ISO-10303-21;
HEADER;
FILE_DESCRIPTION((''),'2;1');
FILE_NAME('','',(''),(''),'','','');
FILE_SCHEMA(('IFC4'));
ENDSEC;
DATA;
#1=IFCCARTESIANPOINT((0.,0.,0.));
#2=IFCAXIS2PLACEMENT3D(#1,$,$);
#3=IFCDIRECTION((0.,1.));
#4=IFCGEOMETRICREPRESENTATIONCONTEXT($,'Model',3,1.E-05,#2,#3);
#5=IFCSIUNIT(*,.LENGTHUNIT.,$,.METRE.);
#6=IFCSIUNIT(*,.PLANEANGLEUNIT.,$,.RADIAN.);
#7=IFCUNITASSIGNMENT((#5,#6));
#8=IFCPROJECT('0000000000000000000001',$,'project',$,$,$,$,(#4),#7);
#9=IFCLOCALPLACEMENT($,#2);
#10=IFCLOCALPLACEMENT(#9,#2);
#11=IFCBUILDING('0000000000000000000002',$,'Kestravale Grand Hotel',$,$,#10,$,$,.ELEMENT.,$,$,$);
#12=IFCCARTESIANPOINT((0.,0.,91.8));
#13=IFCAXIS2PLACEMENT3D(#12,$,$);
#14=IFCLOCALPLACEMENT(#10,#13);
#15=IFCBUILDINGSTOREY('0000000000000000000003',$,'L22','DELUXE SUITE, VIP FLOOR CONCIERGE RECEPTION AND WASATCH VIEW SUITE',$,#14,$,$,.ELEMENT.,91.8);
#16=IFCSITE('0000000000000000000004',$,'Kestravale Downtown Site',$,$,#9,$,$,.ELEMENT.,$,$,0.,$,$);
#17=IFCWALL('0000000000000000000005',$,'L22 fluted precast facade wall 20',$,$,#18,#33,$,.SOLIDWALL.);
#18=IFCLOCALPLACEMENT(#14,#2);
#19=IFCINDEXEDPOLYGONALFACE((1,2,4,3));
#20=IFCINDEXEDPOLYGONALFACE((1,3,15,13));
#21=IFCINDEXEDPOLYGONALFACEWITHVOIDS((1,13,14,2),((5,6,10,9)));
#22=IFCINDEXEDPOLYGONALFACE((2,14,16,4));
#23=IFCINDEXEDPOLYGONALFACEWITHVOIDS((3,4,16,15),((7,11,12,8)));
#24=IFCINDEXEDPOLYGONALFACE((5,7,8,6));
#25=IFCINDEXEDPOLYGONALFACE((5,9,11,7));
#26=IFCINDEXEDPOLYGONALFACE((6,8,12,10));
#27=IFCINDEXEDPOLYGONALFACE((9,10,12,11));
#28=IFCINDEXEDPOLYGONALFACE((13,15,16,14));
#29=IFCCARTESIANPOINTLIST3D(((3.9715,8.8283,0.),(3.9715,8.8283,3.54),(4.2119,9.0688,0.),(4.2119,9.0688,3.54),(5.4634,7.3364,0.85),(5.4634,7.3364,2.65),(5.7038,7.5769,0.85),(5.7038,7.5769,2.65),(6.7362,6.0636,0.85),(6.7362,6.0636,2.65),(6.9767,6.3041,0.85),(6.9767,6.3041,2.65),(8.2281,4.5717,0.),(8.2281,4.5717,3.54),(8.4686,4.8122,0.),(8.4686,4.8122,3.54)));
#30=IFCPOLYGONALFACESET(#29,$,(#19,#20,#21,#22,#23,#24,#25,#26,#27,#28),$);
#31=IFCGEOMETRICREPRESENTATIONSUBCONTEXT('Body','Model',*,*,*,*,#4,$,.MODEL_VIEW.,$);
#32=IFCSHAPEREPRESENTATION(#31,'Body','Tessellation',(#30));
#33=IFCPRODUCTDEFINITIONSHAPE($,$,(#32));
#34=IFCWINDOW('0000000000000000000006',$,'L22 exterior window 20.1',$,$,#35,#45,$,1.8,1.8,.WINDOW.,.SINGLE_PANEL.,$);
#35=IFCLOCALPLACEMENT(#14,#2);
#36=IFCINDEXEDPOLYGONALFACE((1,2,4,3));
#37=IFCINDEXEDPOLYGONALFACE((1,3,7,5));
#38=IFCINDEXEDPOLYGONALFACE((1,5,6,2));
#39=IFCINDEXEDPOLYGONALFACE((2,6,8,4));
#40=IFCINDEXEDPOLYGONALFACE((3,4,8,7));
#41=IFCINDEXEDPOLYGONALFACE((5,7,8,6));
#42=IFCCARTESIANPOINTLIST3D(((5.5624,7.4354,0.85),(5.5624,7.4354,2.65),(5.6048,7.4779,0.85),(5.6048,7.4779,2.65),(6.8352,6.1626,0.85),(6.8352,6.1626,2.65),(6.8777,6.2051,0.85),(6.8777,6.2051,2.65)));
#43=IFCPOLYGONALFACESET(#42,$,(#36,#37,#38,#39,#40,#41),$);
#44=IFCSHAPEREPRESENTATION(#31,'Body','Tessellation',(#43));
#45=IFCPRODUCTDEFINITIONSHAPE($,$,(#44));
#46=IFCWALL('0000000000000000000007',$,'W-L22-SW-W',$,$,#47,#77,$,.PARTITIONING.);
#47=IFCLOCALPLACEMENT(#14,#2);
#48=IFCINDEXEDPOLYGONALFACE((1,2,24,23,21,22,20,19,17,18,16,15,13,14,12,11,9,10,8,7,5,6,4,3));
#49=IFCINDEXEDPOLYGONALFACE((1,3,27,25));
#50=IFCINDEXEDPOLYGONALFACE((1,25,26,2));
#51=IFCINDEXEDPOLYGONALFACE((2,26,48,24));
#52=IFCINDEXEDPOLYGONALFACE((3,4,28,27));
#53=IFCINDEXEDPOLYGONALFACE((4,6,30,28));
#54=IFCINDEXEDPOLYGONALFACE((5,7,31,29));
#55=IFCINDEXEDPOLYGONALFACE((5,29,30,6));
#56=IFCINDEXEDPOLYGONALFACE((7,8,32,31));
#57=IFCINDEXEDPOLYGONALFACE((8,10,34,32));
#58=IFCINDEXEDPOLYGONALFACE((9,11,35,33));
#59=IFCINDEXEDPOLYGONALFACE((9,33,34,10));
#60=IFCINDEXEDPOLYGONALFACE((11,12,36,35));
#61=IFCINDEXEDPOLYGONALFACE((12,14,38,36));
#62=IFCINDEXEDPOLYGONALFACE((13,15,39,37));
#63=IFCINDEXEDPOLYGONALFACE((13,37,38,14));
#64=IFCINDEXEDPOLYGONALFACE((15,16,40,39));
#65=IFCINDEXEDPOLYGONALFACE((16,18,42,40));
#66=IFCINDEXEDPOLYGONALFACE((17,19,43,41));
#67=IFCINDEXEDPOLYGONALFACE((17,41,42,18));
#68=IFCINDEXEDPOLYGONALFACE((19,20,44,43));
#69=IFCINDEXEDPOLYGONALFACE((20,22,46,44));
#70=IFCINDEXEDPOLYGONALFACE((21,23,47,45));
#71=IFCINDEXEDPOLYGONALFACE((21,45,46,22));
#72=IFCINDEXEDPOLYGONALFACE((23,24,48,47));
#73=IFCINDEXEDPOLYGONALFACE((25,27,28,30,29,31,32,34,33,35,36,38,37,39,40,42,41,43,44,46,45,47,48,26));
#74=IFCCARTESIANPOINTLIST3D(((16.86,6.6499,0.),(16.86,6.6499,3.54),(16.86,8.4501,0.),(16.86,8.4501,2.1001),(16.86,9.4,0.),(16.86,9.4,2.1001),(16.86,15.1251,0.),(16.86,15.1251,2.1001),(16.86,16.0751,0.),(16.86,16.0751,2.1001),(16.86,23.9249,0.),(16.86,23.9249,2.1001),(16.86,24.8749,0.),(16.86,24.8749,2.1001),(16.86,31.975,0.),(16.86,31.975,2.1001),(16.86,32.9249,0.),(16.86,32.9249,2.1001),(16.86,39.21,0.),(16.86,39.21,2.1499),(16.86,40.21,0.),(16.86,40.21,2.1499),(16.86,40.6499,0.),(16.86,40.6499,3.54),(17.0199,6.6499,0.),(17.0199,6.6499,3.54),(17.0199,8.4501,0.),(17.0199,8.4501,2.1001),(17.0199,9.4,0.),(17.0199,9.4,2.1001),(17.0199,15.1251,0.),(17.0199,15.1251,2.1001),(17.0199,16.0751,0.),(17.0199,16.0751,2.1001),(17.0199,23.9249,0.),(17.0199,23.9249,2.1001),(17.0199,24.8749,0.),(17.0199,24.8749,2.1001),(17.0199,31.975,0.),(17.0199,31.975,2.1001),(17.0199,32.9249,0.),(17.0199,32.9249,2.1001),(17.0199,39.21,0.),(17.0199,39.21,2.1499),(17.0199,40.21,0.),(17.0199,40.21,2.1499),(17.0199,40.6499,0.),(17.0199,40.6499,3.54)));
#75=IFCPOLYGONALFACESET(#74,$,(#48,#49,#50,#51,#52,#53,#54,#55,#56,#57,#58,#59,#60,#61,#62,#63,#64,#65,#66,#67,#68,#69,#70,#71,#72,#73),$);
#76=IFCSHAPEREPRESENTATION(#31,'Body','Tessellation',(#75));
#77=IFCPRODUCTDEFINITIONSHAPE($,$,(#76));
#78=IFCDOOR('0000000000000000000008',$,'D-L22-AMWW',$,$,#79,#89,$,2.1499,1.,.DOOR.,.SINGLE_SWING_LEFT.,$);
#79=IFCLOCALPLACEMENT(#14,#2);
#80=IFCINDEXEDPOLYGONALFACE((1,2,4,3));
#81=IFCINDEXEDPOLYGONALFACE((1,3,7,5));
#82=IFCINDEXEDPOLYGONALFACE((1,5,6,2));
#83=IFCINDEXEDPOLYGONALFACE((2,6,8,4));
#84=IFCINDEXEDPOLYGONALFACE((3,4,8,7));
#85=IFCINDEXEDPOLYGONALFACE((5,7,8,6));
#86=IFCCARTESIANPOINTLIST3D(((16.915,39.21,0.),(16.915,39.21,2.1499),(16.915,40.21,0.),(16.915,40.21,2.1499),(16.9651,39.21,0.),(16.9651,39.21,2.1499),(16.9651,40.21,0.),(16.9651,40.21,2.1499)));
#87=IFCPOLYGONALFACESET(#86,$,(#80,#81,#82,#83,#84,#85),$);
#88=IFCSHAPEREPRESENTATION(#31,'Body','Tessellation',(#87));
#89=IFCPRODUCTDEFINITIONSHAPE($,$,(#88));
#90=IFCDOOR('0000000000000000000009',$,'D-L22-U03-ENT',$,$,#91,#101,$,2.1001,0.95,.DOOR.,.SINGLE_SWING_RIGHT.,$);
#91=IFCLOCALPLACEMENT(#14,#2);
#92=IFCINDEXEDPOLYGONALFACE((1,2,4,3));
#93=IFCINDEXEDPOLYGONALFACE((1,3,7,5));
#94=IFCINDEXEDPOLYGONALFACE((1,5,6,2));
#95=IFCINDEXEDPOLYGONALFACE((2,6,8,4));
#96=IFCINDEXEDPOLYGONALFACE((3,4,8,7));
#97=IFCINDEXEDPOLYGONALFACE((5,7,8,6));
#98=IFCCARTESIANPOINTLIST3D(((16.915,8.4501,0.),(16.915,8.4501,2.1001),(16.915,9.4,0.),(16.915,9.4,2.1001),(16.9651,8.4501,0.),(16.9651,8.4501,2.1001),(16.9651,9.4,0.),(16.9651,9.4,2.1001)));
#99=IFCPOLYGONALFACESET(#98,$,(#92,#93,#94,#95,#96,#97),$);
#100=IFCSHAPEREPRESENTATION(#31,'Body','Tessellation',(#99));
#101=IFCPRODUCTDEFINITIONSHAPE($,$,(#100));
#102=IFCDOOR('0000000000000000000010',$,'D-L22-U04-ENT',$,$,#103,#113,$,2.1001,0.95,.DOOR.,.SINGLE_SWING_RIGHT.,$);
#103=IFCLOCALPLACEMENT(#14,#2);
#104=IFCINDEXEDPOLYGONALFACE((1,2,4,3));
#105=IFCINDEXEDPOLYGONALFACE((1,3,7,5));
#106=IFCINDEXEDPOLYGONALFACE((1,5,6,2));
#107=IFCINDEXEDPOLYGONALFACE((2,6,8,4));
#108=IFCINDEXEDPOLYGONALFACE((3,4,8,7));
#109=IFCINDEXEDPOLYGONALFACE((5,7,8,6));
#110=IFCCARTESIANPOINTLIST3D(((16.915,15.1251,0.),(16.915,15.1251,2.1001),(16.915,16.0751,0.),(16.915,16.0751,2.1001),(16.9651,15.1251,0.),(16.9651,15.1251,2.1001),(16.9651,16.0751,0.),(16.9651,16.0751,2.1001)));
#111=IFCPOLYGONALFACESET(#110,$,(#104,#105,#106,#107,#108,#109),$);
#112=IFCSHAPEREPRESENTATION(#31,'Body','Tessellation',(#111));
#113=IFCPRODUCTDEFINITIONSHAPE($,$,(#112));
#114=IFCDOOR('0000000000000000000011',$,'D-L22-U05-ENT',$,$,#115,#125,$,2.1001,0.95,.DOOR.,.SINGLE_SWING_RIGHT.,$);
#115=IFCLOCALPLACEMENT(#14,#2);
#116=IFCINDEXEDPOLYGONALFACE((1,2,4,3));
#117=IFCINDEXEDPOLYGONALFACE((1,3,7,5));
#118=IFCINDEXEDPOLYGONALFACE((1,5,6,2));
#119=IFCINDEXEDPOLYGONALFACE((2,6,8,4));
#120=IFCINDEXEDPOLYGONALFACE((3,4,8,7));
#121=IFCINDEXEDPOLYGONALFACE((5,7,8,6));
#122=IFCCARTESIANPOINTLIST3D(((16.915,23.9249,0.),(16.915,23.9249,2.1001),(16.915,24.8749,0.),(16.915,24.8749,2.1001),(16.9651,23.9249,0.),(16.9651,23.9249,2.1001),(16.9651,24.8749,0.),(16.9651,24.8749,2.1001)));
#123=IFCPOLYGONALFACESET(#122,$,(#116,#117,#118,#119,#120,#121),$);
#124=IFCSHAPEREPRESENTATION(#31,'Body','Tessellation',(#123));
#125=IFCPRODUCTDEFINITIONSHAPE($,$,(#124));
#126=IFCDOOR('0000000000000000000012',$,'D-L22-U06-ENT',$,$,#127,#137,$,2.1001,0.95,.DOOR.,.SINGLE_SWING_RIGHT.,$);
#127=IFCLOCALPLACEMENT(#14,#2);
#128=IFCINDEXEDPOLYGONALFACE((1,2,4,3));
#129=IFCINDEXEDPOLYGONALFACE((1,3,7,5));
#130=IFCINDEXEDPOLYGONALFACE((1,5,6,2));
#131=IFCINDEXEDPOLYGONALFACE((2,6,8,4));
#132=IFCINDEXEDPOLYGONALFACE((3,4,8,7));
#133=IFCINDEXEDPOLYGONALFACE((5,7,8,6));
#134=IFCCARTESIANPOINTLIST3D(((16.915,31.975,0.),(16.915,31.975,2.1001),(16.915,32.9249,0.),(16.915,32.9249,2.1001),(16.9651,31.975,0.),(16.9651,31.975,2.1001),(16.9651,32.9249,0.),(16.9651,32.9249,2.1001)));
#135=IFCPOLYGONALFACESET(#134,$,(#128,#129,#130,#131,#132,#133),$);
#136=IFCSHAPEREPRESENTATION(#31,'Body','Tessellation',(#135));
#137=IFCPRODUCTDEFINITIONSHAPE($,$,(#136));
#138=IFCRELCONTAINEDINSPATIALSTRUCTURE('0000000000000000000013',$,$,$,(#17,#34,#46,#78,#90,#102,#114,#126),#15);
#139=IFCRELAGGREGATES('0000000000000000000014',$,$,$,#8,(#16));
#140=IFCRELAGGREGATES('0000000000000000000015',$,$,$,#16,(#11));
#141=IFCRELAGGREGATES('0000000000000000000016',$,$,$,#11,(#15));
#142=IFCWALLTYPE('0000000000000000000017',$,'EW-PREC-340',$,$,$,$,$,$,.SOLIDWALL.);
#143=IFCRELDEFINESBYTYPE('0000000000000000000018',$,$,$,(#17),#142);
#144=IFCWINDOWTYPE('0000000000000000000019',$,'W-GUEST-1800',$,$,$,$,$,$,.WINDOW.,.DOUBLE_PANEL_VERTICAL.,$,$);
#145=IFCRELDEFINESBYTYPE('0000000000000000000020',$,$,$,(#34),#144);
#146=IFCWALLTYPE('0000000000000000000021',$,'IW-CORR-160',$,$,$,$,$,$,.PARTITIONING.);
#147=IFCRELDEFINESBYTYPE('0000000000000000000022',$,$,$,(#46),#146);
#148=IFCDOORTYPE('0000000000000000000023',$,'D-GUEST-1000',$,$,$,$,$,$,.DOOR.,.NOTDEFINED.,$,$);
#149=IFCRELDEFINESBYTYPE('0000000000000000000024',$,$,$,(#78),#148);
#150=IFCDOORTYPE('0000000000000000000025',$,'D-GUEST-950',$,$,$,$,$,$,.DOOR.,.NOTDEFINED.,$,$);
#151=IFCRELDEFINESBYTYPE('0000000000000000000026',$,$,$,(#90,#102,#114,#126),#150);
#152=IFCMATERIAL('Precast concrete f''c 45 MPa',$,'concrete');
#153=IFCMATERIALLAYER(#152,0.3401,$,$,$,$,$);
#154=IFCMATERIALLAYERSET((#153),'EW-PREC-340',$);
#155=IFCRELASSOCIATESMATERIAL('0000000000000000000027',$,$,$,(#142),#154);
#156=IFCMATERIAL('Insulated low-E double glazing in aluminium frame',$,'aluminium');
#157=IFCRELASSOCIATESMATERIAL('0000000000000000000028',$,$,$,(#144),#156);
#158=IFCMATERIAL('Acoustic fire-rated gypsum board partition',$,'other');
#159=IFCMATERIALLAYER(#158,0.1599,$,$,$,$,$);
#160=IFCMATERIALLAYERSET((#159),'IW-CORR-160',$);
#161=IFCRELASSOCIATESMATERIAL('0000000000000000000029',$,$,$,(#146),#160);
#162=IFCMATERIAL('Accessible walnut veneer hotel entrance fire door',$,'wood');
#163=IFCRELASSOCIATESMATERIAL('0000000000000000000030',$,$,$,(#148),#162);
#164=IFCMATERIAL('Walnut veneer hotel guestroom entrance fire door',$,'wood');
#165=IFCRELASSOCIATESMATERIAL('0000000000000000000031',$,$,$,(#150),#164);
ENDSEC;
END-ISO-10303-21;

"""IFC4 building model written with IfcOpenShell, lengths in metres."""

from ifc_helpers import new_model, si_unit, direction, frame, frame_2d, origin, place, context, subcontext, project, spatial, rectangle, extrude, material, layer, layer_set, type_object, element, fill, save


model = new_model("IFC4")

# Units and contexts
model_context = context("Model", 3, precision=1e-05, world=origin(), true_north=direction((0.0, 1.0)))
body_context = subcontext(model_context, "Body", "Model", "MODEL_VIEW")
ifc_project = project(units=[si_unit("LENGTHUNIT", "METRE"), si_unit("PLANEANGLEUNIT", "RADIAN")], contexts=[model_context])

# Site, building, storey
site_placement = place(None, origin())
site = spatial("IfcSite", under=ifc_project, at=site_placement, Name="Kestravale Downtown Site", CompositionType="ELEMENT", RefElevation=0.0)
building_placement = place(site_placement, origin())
building = spatial("IfcBuilding", under=site, at=building_placement, Name="Kestravale Grand Hotel", CompositionType="ELEMENT")
storey_placement = place(building_placement, frame((0.0, 0.0, 91.8)))
storey = spatial("IfcBuildingStorey", under=building, at=storey_placement, Name="L22", Description="DELUXE SUITE, VIP FLOOR CONCIERGE RECEPTION AND WASATCH VIEW SUITE", CompositionType="ELEMENT", Elevation=91.8)

# Wall, opening, window
ifc_material_1 = material(Name="Precast concrete f'c 45 MPa", Category="concrete")
ifc_layer_1 = layer(ifc_material_1, 0.3401)
ifc_layer_set_1 = layer_set([ifc_layer_1], Name="EW-PREC-340")
wall_type_1 = type_object("IfcWallType", Name="EW-PREC-340", PredefinedType="SOLIDWALL", material=ifc_layer_set_1)
ifc_material_2 = material(Name="Insulated low-E double glazing in aluminium frame", Category="aluminium")
window_type = type_object("IfcWindowType", Name="W-GUEST-1800", PartitioningType="DOUBLE_PANEL_VERTICAL", PredefinedType="WINDOW", material=ifc_material_2)
wall_1_placement = place(storey_placement, frame((4.0918, 8.9485, 0.0), z_axis=(0.0, 0.0, 1.0), x_axis=(0.707107, -0.707107, 0.0)))
wall_1 = element("IfcWall", 1, at=wall_1_placement, inside=storey, type_object=wall_type_1, Name="L22 fluted precast facade wall 20", PredefinedType="SOLIDWALL", context=body_context, shape_type="SweptSolid", body=[
    extrude(rectangle(XDim=6.0198, YDim=0.3401, at=frame_2d((3.0098, 0.0))), origin(), (0.0, 0.0, 1.0), 3.54),
])
opening_1_placement = place(wall_1_placement, frame((2.1099, 0.0, 0.8501)))
opening_1 = element("IfcOpeningElement", 2, at=opening_1_placement, cuts=wall_1, PredefinedType="OPENING", context=body_context, shape_type="SweptSolid", body=[
    extrude(rectangle(XDim=1.8, YDim=1.8, at=frame_2d((0.8999, 0.8999))), frame((0.0, 0.1799, 0.0), z_axis=(0.0, -1.0, 0.0), x_axis=(1.0, 0.0, 0.0)), (0.0, 0.0, 1.0), 0.3601),
])
window_1_placement = place(opening_1_placement, origin())
window_1 = element("IfcWindow", 3, at=window_1_placement, inside=storey, type_object=window_type, Name="L22 exterior window 20.1", OverallHeight=1.8, OverallWidth=1.8, PartitioningType="SINGLE_PANEL", PredefinedType="WINDOW", context=body_context, shape_type="SweptSolid", body=[
    extrude(rectangle(XDim=1.8, YDim=1.8, at=frame_2d((0.8999, 0.8999))), frame((0.0, 0.03, 0.0), z_axis=(0.0, -1.0, 0.0), x_axis=(1.0, 0.0, 0.0)), (0.0, 0.0, 1.0), 0.0601),
])
fill(opening_1, window_1)

# Wall, openings, doors
ifc_material_3 = material(Name="Acoustic fire-rated gypsum board partition", Category="other")
ifc_layer_2 = layer(ifc_material_3, 0.1599)
ifc_layer_set_2 = layer_set([ifc_layer_2], Name="IW-CORR-160")
wall_type_2 = type_object("IfcWallType", Name="IW-CORR-160", PredefinedType="PARTITIONING", material=ifc_layer_set_2)
wall_2_placement = place(storey_placement, frame((16.9399, 6.6499, 0.0), z_axis=(0.0, 0.0, 1.0), x_axis=(0.0, 1.0, 0.0)))
wall_2 = element("IfcWall", 4, at=wall_2_placement, inside=storey, type_object=wall_type_2, Name="W-L22-SW-W", PredefinedType="PARTITIONING", context=body_context, shape_type="SweptSolid", body=[
    extrude(rectangle(XDim=34.0, YDim=0.1599, at=frame_2d((17.0, 0.0))), origin(), (0.0, 0.0, 1.0), 3.54),
])
opening_2_placement = place(wall_2_placement, frame((1.8, 0.0, 0.0)))
opening_2 = element("IfcOpeningElement", 5, at=opening_2_placement, cuts=wall_2, PredefinedType="OPENING", context=body_context, shape_type="SweptSolid", body=[
    extrude(rectangle(XDim=0.95, YDim=2.1001, at=frame_2d((0.4751, 1.05))), frame((0.0, 0.0898, 0.0), z_axis=(0.0, -1.0, 0.0), x_axis=(1.0, 0.0, 0.0)), (0.0, 0.0, 1.0), 0.1799),
])
opening_3_placement = place(wall_2_placement, frame((8.4751, 0.0, 0.0)))
opening_3 = element("IfcOpeningElement", 6, at=opening_3_placement, cuts=wall_2, PredefinedType="OPENING", context=body_context, shape_type="SweptSolid", body=[
    extrude(rectangle(XDim=0.95, YDim=2.1001, at=frame_2d((0.4751, 1.05))), frame((0.0, 0.0898, 0.0), z_axis=(0.0, -1.0, 0.0), x_axis=(1.0, 0.0, 0.0)), (0.0, 0.0, 1.0), 0.1799),
])
opening_4_placement = place(wall_2_placement, frame((17.2749, 0.0, 0.0)))
opening_4 = element("IfcOpeningElement", 7, at=opening_4_placement, cuts=wall_2, PredefinedType="OPENING", context=body_context, shape_type="SweptSolid", body=[
    extrude(rectangle(XDim=0.95, YDim=2.1001, at=frame_2d((0.4751, 1.05))), frame((0.0, 0.0898, 0.0), z_axis=(0.0, -1.0, 0.0), x_axis=(1.0, 0.0, 0.0)), (0.0, 0.0, 1.0), 0.1799),
])
opening_5_placement = place(wall_2_placement, frame((25.325, 0.0, 0.0)))
opening_5 = element("IfcOpeningElement", 8, at=opening_5_placement, cuts=wall_2, PredefinedType="OPENING", context=body_context, shape_type="SweptSolid", body=[
    extrude(rectangle(XDim=0.95, YDim=2.1001, at=frame_2d((0.4751, 1.05))), frame((0.0, 0.0898, 0.0), z_axis=(0.0, -1.0, 0.0), x_axis=(1.0, 0.0, 0.0)), (0.0, 0.0, 1.0), 0.1799),
])
opening_6_placement = place(wall_2_placement, frame((32.5601, 0.0, 0.0)))
opening_6 = element("IfcOpeningElement", 9, at=opening_6_placement, cuts=wall_2, PredefinedType="OPENING", context=body_context, shape_type="SweptSolid", body=[
    extrude(rectangle(XDim=1.0, YDim=2.1499, at=frame_2d((0.5, 1.075))), frame((0.0, 0.0898, 0.0), z_axis=(0.0, -1.0, 0.0), x_axis=(1.0, 0.0, 0.0)), (0.0, 0.0, 1.0), 0.1799),
])
ifc_material_4 = material(Name="Accessible walnut veneer hotel entrance fire door", Category="wood")
door_type_1 = type_object("IfcDoorType", Name="D-GUEST-1000", OperationType="NOTDEFINED", PredefinedType="DOOR", material=ifc_material_4)
door_1_placement = place(opening_6_placement, origin())
door_1 = element("IfcDoor", 10, at=door_1_placement, inside=storey, type_object=door_type_1, Name="D-L22-AMWW", OperationType="SINGLE_SWING_LEFT", OverallHeight=2.1499, OverallWidth=1.0, PredefinedType="DOOR", context=body_context, shape_type="SweptSolid", body=[
    extrude(rectangle(XDim=1.0, YDim=2.1499, at=frame_2d((0.5, 1.075))), frame((0.0, 0.0249, 0.0), z_axis=(0.0, -1.0, 0.0), x_axis=(1.0, 0.0, 0.0)), (0.0, 0.0, 1.0), 0.05),
])
fill(opening_6, door_1)
ifc_material_5 = material(Name="Walnut veneer hotel guestroom entrance fire door", Category="wood")
door_type_2 = type_object("IfcDoorType", Name="D-GUEST-950", OperationType="NOTDEFINED", PredefinedType="DOOR", material=ifc_material_5)
door_2_placement = place(opening_2_placement, origin())
door_2 = element("IfcDoor", 11, at=door_2_placement, inside=storey, type_object=door_type_2, Name="D-L22-U03-ENT", OperationType="SINGLE_SWING_RIGHT", OverallHeight=2.1001, OverallWidth=0.95, PredefinedType="DOOR", context=body_context, shape_type="SweptSolid", body=[
    extrude(rectangle(XDim=0.95, YDim=2.1001, at=frame_2d((0.4751, 1.05))), frame((0.0, 0.0249, 0.0), z_axis=(0.0, -1.0, 0.0), x_axis=(1.0, 0.0, 0.0)), (0.0, 0.0, 1.0), 0.05),
])
fill(opening_2, door_2)
door_3_placement = place(opening_3_placement, origin())
door_3 = element("IfcDoor", 12, at=door_3_placement, inside=storey, type_object=door_type_2, Name="D-L22-U04-ENT", OperationType="SINGLE_SWING_RIGHT", OverallHeight=2.1001, OverallWidth=0.95, PredefinedType="DOOR", context=body_context, shape_type="SweptSolid", body=[
    extrude(rectangle(XDim=0.95, YDim=2.1001, at=frame_2d((0.4751, 1.05))), frame((0.0, 0.0249, 0.0), z_axis=(0.0, -1.0, 0.0), x_axis=(1.0, 0.0, 0.0)), (0.0, 0.0, 1.0), 0.05),
])
fill(opening_3, door_3)
door_4_placement = place(opening_4_placement, origin())
door_4 = element("IfcDoor", 13, at=door_4_placement, inside=storey, type_object=door_type_2, Name="D-L22-U05-ENT", OperationType="SINGLE_SWING_RIGHT", OverallHeight=2.1001, OverallWidth=0.95, PredefinedType="DOOR", context=body_context, shape_type="SweptSolid", body=[
    extrude(rectangle(XDim=0.95, YDim=2.1001, at=frame_2d((0.4751, 1.05))), frame((0.0, 0.0249, 0.0), z_axis=(0.0, -1.0, 0.0), x_axis=(1.0, 0.0, 0.0)), (0.0, 0.0, 1.0), 0.05),
])
fill(opening_4, door_4)
door_5_placement = place(opening_5_placement, origin())
door_5 = element("IfcDoor", 14, at=door_5_placement, inside=storey, type_object=door_type_2, Name="D-L22-U06-ENT", OperationType="SINGLE_SWING_RIGHT", OverallHeight=2.1001, OverallWidth=0.95, PredefinedType="DOOR", context=body_context, shape_type="SweptSolid", body=[
    extrude(rectangle(XDim=0.95, YDim=2.1001, at=frame_2d((0.4751, 1.05))), frame((0.0, 0.0249, 0.0), z_axis=(0.0, -1.0, 0.0), x_axis=(1.0, 0.0, 0.0)), (0.0, 0.0, 1.0), 0.05),
])
fill(opening_5, door_5)

save(model, "model.ifc")
